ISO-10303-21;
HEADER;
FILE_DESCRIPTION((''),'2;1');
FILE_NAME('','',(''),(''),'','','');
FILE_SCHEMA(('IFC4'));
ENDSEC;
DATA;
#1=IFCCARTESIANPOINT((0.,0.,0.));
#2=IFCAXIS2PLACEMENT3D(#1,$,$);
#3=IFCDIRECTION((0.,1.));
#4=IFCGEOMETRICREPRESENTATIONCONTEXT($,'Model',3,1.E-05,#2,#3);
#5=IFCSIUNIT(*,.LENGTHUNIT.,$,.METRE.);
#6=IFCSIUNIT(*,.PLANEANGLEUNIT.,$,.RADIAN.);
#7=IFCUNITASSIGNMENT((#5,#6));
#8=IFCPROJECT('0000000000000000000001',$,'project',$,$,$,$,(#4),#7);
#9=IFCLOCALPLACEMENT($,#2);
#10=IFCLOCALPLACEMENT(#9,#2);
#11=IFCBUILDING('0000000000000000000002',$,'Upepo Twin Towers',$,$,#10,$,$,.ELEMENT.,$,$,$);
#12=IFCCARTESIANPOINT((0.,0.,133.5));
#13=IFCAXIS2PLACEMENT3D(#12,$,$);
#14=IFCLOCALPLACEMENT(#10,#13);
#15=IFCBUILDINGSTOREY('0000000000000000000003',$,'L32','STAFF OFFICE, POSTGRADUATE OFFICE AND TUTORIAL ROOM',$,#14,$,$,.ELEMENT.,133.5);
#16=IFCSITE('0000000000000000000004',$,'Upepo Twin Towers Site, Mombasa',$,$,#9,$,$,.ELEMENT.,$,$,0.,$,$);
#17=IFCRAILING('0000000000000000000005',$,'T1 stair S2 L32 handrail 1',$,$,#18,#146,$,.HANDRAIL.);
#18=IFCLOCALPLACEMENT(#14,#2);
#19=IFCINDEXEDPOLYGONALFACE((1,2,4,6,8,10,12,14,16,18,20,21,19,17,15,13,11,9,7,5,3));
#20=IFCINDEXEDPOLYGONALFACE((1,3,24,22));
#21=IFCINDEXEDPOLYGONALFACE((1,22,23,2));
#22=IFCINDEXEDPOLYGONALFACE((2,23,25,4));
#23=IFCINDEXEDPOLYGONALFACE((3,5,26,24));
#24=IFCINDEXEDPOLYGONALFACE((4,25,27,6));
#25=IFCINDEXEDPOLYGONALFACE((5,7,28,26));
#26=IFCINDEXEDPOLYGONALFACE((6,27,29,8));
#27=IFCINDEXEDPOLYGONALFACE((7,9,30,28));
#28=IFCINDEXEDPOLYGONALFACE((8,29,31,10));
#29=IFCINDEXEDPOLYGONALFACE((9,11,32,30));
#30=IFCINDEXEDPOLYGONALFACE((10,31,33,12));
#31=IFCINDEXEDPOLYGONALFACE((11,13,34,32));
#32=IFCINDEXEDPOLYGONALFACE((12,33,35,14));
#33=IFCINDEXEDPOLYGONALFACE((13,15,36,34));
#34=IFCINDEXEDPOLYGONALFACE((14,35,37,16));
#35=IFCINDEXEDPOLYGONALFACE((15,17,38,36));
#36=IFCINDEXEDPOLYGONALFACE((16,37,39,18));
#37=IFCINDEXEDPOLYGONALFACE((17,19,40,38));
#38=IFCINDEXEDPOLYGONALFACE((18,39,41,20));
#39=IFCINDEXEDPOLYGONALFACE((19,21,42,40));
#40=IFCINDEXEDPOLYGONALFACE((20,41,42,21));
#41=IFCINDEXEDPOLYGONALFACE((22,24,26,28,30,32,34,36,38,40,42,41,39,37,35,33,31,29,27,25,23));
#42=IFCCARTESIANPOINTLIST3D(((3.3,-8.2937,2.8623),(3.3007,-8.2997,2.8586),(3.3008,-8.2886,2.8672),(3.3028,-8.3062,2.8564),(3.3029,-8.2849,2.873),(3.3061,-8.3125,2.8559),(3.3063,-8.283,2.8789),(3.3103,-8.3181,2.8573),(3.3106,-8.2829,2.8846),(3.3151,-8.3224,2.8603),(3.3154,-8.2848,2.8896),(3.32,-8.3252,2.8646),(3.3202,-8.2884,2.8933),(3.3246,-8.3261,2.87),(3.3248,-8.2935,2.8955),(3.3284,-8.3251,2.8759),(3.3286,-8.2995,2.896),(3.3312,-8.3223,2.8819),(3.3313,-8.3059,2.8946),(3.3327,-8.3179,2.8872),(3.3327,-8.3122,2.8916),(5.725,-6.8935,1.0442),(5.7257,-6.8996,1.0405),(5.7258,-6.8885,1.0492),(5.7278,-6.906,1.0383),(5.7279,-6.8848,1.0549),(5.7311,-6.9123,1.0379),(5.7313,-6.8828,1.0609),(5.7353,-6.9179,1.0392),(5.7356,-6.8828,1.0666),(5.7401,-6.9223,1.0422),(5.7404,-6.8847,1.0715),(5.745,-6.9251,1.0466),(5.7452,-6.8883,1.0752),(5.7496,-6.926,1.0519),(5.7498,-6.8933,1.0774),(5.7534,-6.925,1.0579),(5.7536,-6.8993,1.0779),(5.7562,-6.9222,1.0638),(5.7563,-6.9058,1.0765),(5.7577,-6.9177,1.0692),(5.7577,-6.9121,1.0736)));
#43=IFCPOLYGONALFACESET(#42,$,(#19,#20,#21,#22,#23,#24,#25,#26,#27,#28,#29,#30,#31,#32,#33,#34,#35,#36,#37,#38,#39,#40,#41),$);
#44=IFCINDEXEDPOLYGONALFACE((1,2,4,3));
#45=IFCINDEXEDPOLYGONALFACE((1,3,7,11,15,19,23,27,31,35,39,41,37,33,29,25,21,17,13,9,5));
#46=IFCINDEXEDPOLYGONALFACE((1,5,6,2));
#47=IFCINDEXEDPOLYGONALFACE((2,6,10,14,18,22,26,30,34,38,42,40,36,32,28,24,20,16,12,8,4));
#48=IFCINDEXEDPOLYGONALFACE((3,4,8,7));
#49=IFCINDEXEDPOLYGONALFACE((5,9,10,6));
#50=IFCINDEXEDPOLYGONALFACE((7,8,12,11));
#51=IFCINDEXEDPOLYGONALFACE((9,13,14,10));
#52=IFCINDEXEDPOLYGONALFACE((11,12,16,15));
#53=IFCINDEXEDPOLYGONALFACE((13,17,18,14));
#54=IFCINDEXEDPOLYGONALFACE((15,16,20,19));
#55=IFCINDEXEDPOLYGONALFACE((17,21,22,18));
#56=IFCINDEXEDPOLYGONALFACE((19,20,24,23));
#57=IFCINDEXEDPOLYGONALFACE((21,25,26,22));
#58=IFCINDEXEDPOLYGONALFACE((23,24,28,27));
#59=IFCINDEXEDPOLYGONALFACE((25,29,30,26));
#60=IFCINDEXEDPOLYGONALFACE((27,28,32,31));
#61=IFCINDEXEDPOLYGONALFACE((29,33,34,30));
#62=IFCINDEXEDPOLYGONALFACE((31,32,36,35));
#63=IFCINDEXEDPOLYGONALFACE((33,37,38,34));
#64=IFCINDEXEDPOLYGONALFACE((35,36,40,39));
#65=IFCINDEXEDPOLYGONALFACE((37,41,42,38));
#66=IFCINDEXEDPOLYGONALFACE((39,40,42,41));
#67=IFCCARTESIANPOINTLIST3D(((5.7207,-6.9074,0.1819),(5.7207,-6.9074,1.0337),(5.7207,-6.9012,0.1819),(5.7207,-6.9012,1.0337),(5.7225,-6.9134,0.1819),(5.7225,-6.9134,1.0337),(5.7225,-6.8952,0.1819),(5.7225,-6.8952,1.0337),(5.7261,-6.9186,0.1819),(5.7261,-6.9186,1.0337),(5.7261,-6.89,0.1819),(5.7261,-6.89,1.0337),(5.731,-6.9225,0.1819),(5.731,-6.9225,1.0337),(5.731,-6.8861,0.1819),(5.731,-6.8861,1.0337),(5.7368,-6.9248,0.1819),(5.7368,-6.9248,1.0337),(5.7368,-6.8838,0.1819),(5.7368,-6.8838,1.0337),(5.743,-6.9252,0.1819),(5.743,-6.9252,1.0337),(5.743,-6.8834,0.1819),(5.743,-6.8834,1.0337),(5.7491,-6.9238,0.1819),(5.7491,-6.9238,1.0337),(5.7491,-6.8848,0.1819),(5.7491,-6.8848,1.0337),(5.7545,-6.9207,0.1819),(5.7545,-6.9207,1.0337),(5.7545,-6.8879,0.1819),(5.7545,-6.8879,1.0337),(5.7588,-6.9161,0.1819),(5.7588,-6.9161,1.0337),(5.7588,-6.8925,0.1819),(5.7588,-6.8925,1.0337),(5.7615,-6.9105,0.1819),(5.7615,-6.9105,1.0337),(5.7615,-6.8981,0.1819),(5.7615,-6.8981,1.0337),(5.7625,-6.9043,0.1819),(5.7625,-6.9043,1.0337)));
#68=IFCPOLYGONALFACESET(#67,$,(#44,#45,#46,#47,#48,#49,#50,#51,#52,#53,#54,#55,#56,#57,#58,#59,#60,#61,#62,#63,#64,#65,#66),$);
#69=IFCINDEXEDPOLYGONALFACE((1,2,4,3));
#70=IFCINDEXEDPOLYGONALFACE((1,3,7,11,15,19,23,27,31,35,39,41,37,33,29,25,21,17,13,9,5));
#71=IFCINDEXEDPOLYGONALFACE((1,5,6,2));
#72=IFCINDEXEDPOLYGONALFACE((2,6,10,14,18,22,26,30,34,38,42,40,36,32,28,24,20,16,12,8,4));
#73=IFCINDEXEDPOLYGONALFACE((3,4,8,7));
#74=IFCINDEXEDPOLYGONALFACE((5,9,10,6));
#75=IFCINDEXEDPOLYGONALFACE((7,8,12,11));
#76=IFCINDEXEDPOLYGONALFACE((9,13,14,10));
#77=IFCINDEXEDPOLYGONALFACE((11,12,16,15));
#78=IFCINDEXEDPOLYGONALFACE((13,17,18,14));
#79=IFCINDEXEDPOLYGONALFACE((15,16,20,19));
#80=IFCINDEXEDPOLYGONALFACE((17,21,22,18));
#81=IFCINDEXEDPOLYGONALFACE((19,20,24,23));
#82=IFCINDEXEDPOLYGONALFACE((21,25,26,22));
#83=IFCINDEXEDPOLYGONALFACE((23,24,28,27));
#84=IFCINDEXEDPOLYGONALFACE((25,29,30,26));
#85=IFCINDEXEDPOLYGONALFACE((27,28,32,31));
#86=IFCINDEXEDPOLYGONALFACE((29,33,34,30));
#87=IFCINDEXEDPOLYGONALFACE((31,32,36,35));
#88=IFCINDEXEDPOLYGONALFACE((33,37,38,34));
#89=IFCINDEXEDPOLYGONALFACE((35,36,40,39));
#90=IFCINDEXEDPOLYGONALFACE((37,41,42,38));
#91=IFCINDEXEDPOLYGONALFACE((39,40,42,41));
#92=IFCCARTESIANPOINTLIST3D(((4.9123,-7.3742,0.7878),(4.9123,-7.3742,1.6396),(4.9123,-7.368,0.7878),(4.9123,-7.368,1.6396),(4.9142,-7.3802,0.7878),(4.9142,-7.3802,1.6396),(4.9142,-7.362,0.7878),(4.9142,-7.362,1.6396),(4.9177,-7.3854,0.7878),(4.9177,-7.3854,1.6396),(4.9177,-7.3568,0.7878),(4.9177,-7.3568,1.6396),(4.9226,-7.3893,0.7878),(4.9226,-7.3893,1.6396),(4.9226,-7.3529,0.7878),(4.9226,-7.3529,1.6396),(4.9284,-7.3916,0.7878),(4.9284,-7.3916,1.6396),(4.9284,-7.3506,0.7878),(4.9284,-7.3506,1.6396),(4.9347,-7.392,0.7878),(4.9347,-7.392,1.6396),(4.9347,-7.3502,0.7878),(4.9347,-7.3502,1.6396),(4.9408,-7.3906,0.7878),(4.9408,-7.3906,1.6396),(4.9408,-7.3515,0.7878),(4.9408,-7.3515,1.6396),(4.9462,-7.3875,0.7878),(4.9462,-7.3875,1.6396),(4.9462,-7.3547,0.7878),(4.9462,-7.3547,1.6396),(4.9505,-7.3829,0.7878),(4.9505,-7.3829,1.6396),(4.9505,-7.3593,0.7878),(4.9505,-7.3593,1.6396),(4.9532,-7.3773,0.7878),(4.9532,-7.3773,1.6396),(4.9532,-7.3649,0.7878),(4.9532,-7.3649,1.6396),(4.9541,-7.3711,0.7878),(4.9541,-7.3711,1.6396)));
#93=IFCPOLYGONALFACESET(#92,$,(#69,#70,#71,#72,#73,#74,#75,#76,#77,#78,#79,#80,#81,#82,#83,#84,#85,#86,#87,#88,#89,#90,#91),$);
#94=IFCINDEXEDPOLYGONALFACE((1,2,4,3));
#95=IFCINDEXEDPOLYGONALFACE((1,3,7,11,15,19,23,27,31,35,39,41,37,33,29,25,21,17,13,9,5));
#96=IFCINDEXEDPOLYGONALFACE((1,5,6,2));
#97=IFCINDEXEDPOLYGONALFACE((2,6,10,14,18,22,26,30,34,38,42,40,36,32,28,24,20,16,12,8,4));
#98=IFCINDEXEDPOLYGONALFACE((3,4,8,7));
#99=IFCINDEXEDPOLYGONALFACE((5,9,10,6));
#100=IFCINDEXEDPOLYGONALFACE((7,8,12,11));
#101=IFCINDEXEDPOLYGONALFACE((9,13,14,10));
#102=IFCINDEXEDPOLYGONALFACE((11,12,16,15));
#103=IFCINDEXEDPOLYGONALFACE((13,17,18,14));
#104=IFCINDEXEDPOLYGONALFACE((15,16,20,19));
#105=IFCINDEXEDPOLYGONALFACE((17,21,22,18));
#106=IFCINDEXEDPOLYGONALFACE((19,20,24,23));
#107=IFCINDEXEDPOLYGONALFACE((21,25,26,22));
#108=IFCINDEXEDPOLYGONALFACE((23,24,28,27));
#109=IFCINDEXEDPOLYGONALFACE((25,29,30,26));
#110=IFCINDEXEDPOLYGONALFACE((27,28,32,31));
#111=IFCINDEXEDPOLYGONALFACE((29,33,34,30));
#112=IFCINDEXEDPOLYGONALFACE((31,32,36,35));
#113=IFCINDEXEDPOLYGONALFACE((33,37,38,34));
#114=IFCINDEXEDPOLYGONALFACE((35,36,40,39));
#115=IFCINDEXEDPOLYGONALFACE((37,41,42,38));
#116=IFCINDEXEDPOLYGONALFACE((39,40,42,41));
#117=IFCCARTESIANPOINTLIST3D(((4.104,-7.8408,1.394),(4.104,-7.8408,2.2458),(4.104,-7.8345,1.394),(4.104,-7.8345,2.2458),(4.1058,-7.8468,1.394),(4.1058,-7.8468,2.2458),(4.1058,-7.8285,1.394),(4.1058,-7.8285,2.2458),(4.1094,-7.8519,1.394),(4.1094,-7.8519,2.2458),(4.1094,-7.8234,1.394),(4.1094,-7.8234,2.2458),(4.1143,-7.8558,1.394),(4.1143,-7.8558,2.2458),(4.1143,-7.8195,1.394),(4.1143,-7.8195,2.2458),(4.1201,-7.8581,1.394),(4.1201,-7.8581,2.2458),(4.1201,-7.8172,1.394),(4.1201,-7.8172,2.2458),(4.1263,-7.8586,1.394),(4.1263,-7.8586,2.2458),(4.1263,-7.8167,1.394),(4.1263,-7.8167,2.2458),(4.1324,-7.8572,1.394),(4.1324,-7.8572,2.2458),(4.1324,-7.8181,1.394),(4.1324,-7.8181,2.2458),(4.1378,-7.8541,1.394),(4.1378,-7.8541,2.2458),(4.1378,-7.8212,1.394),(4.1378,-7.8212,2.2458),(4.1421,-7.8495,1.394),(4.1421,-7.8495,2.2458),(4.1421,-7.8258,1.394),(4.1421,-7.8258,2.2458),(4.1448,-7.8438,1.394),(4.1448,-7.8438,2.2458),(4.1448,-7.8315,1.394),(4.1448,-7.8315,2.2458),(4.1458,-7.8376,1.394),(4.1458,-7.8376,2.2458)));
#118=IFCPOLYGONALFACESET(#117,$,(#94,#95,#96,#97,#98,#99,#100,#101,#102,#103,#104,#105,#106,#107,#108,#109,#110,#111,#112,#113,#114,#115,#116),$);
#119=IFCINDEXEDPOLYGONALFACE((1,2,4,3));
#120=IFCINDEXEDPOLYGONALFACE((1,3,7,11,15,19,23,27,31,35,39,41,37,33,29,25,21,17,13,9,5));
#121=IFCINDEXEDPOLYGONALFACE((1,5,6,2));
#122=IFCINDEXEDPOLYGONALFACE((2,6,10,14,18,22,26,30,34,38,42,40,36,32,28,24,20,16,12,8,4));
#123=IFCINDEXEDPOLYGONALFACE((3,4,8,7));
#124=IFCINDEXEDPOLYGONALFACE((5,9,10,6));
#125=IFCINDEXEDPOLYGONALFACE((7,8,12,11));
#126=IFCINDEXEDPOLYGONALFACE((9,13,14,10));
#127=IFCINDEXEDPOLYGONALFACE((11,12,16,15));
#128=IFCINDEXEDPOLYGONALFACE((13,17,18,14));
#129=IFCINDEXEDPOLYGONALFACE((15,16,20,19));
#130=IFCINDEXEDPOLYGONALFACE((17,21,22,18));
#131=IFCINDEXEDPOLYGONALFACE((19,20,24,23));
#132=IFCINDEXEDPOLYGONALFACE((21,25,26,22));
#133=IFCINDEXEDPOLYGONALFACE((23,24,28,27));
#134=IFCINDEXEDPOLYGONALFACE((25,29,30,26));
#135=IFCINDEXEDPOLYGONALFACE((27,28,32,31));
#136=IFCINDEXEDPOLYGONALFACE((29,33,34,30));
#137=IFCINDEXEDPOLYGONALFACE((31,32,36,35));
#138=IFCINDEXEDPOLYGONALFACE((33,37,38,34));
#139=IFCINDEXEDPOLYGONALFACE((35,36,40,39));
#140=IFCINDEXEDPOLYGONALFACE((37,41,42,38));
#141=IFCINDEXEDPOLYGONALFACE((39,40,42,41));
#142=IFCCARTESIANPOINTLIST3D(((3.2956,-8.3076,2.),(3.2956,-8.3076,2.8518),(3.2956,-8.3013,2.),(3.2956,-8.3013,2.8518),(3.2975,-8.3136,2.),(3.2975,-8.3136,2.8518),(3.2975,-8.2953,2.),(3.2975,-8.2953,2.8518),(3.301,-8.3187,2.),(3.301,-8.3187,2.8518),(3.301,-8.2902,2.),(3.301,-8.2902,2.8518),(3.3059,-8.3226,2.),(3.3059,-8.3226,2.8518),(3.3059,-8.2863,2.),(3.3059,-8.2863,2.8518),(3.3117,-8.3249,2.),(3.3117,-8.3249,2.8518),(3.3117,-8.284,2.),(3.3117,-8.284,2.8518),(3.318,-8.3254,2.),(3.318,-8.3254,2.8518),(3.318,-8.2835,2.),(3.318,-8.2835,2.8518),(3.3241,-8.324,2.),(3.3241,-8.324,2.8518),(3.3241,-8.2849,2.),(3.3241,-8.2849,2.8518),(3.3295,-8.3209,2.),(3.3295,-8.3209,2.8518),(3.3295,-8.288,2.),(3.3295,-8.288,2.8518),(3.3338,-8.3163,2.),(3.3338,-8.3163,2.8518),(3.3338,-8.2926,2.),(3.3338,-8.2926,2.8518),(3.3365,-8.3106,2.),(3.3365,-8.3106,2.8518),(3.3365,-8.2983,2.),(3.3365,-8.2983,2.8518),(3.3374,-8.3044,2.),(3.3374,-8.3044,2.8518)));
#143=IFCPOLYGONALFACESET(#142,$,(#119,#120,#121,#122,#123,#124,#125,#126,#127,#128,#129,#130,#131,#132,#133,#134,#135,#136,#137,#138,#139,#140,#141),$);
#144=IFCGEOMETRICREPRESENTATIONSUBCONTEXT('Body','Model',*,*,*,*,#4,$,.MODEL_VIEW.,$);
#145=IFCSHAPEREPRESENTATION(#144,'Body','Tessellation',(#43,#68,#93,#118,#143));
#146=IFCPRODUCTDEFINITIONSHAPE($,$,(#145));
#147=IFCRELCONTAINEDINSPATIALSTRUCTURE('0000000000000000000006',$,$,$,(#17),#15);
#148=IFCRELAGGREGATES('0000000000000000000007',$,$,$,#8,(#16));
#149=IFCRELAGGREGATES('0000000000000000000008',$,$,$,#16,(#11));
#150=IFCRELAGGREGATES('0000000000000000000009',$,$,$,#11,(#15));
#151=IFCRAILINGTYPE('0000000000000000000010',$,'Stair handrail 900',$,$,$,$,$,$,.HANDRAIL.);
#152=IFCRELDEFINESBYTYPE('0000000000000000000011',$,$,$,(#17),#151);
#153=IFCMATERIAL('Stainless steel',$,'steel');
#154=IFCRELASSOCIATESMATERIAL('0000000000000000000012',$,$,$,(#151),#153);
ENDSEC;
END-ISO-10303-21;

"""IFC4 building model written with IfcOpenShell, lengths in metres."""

from ifc_helpers import new_model, si_unit, direction, frame, origin, origin_2d, place, context, subcontext, project, spatial, circle, extrude, material, type_object, element, save


model = new_model("IFC4")

# Units and contexts
model_context = context("Model", 3, precision=1e-05, world=origin(), true_north=direction((0.0, 1.0)))
body_context = subcontext(model_context, "Body", "Model", "MODEL_VIEW")
ifc_project = project(units=[si_unit("LENGTHUNIT", "METRE"), si_unit("PLANEANGLEUNIT", "RADIAN")], contexts=[model_context])

# Site, building, storey
site_placement = place(None, origin())
site = spatial("IfcSite", under=ifc_project, at=site_placement, Name="Upepo Twin Towers Site, Mombasa", CompositionType="ELEMENT", RefElevation=0.0)
building_placement = place(site_placement, origin())
building = spatial("IfcBuilding", under=site, at=building_placement, Name="Upepo Twin Towers", CompositionType="ELEMENT")
storey_placement = place(building_placement, frame((0.0, 0.0, 133.5)))
storey = spatial("IfcBuildingStorey", under=building, at=storey_placement, Name="L32", Description="STAFF OFFICE, POSTGRADUATE OFFICE AND TUTORIAL ROOM", CompositionType="ELEMENT", Elevation=133.5)

# Railing
ifc_material_1 = material(Name="Stainless steel", Category="steel")
railing_type = type_object("IfcRailingType", Name="Stair handrail 900", PredefinedType="HANDRAIL", material=ifc_material_1)
railing_1_placement = place(storey_placement, frame((5.7415, -6.9043, 0.1819)))
element("IfcRailing", 1, at=railing_1_placement, inside=storey, type_object=railing_type, Name="T1 stair S2 L32 handrail 1", PredefinedType="HANDRAIL", context=body_context, shape_type="SweptSolid", body=[
    extrude(circle(Radius=0.0239, at=origin_2d()), frame((0.0, 0.0, 0.876), z_axis=(-0.726349, -0.419371, 0.54456), x_axis=(0.500012, -0.866019, 0.0)), (0.0, 0.0, 1.0), 3.3386),
    extrude(circle(Radius=0.021, at=origin_2d()), origin(), (0.0, 0.0, 1.0), 0.8518),
    extrude(circle(Radius=0.021, at=origin_2d()), frame((-0.8083, -0.4668, 0.606)), (0.0, 0.0, 1.0), 0.8518),
    extrude(circle(Radius=0.021, at=origin_2d()), frame((-1.6167, -0.9333, 1.2122)), (0.0, 0.0, 1.0), 0.8518),
    extrude(circle(Radius=0.021, at=origin_2d()), frame((-2.425, -1.4001, 1.8181)), (0.0, 0.0, 1.0), 0.8518),
])

save(model, "model.ifc")
